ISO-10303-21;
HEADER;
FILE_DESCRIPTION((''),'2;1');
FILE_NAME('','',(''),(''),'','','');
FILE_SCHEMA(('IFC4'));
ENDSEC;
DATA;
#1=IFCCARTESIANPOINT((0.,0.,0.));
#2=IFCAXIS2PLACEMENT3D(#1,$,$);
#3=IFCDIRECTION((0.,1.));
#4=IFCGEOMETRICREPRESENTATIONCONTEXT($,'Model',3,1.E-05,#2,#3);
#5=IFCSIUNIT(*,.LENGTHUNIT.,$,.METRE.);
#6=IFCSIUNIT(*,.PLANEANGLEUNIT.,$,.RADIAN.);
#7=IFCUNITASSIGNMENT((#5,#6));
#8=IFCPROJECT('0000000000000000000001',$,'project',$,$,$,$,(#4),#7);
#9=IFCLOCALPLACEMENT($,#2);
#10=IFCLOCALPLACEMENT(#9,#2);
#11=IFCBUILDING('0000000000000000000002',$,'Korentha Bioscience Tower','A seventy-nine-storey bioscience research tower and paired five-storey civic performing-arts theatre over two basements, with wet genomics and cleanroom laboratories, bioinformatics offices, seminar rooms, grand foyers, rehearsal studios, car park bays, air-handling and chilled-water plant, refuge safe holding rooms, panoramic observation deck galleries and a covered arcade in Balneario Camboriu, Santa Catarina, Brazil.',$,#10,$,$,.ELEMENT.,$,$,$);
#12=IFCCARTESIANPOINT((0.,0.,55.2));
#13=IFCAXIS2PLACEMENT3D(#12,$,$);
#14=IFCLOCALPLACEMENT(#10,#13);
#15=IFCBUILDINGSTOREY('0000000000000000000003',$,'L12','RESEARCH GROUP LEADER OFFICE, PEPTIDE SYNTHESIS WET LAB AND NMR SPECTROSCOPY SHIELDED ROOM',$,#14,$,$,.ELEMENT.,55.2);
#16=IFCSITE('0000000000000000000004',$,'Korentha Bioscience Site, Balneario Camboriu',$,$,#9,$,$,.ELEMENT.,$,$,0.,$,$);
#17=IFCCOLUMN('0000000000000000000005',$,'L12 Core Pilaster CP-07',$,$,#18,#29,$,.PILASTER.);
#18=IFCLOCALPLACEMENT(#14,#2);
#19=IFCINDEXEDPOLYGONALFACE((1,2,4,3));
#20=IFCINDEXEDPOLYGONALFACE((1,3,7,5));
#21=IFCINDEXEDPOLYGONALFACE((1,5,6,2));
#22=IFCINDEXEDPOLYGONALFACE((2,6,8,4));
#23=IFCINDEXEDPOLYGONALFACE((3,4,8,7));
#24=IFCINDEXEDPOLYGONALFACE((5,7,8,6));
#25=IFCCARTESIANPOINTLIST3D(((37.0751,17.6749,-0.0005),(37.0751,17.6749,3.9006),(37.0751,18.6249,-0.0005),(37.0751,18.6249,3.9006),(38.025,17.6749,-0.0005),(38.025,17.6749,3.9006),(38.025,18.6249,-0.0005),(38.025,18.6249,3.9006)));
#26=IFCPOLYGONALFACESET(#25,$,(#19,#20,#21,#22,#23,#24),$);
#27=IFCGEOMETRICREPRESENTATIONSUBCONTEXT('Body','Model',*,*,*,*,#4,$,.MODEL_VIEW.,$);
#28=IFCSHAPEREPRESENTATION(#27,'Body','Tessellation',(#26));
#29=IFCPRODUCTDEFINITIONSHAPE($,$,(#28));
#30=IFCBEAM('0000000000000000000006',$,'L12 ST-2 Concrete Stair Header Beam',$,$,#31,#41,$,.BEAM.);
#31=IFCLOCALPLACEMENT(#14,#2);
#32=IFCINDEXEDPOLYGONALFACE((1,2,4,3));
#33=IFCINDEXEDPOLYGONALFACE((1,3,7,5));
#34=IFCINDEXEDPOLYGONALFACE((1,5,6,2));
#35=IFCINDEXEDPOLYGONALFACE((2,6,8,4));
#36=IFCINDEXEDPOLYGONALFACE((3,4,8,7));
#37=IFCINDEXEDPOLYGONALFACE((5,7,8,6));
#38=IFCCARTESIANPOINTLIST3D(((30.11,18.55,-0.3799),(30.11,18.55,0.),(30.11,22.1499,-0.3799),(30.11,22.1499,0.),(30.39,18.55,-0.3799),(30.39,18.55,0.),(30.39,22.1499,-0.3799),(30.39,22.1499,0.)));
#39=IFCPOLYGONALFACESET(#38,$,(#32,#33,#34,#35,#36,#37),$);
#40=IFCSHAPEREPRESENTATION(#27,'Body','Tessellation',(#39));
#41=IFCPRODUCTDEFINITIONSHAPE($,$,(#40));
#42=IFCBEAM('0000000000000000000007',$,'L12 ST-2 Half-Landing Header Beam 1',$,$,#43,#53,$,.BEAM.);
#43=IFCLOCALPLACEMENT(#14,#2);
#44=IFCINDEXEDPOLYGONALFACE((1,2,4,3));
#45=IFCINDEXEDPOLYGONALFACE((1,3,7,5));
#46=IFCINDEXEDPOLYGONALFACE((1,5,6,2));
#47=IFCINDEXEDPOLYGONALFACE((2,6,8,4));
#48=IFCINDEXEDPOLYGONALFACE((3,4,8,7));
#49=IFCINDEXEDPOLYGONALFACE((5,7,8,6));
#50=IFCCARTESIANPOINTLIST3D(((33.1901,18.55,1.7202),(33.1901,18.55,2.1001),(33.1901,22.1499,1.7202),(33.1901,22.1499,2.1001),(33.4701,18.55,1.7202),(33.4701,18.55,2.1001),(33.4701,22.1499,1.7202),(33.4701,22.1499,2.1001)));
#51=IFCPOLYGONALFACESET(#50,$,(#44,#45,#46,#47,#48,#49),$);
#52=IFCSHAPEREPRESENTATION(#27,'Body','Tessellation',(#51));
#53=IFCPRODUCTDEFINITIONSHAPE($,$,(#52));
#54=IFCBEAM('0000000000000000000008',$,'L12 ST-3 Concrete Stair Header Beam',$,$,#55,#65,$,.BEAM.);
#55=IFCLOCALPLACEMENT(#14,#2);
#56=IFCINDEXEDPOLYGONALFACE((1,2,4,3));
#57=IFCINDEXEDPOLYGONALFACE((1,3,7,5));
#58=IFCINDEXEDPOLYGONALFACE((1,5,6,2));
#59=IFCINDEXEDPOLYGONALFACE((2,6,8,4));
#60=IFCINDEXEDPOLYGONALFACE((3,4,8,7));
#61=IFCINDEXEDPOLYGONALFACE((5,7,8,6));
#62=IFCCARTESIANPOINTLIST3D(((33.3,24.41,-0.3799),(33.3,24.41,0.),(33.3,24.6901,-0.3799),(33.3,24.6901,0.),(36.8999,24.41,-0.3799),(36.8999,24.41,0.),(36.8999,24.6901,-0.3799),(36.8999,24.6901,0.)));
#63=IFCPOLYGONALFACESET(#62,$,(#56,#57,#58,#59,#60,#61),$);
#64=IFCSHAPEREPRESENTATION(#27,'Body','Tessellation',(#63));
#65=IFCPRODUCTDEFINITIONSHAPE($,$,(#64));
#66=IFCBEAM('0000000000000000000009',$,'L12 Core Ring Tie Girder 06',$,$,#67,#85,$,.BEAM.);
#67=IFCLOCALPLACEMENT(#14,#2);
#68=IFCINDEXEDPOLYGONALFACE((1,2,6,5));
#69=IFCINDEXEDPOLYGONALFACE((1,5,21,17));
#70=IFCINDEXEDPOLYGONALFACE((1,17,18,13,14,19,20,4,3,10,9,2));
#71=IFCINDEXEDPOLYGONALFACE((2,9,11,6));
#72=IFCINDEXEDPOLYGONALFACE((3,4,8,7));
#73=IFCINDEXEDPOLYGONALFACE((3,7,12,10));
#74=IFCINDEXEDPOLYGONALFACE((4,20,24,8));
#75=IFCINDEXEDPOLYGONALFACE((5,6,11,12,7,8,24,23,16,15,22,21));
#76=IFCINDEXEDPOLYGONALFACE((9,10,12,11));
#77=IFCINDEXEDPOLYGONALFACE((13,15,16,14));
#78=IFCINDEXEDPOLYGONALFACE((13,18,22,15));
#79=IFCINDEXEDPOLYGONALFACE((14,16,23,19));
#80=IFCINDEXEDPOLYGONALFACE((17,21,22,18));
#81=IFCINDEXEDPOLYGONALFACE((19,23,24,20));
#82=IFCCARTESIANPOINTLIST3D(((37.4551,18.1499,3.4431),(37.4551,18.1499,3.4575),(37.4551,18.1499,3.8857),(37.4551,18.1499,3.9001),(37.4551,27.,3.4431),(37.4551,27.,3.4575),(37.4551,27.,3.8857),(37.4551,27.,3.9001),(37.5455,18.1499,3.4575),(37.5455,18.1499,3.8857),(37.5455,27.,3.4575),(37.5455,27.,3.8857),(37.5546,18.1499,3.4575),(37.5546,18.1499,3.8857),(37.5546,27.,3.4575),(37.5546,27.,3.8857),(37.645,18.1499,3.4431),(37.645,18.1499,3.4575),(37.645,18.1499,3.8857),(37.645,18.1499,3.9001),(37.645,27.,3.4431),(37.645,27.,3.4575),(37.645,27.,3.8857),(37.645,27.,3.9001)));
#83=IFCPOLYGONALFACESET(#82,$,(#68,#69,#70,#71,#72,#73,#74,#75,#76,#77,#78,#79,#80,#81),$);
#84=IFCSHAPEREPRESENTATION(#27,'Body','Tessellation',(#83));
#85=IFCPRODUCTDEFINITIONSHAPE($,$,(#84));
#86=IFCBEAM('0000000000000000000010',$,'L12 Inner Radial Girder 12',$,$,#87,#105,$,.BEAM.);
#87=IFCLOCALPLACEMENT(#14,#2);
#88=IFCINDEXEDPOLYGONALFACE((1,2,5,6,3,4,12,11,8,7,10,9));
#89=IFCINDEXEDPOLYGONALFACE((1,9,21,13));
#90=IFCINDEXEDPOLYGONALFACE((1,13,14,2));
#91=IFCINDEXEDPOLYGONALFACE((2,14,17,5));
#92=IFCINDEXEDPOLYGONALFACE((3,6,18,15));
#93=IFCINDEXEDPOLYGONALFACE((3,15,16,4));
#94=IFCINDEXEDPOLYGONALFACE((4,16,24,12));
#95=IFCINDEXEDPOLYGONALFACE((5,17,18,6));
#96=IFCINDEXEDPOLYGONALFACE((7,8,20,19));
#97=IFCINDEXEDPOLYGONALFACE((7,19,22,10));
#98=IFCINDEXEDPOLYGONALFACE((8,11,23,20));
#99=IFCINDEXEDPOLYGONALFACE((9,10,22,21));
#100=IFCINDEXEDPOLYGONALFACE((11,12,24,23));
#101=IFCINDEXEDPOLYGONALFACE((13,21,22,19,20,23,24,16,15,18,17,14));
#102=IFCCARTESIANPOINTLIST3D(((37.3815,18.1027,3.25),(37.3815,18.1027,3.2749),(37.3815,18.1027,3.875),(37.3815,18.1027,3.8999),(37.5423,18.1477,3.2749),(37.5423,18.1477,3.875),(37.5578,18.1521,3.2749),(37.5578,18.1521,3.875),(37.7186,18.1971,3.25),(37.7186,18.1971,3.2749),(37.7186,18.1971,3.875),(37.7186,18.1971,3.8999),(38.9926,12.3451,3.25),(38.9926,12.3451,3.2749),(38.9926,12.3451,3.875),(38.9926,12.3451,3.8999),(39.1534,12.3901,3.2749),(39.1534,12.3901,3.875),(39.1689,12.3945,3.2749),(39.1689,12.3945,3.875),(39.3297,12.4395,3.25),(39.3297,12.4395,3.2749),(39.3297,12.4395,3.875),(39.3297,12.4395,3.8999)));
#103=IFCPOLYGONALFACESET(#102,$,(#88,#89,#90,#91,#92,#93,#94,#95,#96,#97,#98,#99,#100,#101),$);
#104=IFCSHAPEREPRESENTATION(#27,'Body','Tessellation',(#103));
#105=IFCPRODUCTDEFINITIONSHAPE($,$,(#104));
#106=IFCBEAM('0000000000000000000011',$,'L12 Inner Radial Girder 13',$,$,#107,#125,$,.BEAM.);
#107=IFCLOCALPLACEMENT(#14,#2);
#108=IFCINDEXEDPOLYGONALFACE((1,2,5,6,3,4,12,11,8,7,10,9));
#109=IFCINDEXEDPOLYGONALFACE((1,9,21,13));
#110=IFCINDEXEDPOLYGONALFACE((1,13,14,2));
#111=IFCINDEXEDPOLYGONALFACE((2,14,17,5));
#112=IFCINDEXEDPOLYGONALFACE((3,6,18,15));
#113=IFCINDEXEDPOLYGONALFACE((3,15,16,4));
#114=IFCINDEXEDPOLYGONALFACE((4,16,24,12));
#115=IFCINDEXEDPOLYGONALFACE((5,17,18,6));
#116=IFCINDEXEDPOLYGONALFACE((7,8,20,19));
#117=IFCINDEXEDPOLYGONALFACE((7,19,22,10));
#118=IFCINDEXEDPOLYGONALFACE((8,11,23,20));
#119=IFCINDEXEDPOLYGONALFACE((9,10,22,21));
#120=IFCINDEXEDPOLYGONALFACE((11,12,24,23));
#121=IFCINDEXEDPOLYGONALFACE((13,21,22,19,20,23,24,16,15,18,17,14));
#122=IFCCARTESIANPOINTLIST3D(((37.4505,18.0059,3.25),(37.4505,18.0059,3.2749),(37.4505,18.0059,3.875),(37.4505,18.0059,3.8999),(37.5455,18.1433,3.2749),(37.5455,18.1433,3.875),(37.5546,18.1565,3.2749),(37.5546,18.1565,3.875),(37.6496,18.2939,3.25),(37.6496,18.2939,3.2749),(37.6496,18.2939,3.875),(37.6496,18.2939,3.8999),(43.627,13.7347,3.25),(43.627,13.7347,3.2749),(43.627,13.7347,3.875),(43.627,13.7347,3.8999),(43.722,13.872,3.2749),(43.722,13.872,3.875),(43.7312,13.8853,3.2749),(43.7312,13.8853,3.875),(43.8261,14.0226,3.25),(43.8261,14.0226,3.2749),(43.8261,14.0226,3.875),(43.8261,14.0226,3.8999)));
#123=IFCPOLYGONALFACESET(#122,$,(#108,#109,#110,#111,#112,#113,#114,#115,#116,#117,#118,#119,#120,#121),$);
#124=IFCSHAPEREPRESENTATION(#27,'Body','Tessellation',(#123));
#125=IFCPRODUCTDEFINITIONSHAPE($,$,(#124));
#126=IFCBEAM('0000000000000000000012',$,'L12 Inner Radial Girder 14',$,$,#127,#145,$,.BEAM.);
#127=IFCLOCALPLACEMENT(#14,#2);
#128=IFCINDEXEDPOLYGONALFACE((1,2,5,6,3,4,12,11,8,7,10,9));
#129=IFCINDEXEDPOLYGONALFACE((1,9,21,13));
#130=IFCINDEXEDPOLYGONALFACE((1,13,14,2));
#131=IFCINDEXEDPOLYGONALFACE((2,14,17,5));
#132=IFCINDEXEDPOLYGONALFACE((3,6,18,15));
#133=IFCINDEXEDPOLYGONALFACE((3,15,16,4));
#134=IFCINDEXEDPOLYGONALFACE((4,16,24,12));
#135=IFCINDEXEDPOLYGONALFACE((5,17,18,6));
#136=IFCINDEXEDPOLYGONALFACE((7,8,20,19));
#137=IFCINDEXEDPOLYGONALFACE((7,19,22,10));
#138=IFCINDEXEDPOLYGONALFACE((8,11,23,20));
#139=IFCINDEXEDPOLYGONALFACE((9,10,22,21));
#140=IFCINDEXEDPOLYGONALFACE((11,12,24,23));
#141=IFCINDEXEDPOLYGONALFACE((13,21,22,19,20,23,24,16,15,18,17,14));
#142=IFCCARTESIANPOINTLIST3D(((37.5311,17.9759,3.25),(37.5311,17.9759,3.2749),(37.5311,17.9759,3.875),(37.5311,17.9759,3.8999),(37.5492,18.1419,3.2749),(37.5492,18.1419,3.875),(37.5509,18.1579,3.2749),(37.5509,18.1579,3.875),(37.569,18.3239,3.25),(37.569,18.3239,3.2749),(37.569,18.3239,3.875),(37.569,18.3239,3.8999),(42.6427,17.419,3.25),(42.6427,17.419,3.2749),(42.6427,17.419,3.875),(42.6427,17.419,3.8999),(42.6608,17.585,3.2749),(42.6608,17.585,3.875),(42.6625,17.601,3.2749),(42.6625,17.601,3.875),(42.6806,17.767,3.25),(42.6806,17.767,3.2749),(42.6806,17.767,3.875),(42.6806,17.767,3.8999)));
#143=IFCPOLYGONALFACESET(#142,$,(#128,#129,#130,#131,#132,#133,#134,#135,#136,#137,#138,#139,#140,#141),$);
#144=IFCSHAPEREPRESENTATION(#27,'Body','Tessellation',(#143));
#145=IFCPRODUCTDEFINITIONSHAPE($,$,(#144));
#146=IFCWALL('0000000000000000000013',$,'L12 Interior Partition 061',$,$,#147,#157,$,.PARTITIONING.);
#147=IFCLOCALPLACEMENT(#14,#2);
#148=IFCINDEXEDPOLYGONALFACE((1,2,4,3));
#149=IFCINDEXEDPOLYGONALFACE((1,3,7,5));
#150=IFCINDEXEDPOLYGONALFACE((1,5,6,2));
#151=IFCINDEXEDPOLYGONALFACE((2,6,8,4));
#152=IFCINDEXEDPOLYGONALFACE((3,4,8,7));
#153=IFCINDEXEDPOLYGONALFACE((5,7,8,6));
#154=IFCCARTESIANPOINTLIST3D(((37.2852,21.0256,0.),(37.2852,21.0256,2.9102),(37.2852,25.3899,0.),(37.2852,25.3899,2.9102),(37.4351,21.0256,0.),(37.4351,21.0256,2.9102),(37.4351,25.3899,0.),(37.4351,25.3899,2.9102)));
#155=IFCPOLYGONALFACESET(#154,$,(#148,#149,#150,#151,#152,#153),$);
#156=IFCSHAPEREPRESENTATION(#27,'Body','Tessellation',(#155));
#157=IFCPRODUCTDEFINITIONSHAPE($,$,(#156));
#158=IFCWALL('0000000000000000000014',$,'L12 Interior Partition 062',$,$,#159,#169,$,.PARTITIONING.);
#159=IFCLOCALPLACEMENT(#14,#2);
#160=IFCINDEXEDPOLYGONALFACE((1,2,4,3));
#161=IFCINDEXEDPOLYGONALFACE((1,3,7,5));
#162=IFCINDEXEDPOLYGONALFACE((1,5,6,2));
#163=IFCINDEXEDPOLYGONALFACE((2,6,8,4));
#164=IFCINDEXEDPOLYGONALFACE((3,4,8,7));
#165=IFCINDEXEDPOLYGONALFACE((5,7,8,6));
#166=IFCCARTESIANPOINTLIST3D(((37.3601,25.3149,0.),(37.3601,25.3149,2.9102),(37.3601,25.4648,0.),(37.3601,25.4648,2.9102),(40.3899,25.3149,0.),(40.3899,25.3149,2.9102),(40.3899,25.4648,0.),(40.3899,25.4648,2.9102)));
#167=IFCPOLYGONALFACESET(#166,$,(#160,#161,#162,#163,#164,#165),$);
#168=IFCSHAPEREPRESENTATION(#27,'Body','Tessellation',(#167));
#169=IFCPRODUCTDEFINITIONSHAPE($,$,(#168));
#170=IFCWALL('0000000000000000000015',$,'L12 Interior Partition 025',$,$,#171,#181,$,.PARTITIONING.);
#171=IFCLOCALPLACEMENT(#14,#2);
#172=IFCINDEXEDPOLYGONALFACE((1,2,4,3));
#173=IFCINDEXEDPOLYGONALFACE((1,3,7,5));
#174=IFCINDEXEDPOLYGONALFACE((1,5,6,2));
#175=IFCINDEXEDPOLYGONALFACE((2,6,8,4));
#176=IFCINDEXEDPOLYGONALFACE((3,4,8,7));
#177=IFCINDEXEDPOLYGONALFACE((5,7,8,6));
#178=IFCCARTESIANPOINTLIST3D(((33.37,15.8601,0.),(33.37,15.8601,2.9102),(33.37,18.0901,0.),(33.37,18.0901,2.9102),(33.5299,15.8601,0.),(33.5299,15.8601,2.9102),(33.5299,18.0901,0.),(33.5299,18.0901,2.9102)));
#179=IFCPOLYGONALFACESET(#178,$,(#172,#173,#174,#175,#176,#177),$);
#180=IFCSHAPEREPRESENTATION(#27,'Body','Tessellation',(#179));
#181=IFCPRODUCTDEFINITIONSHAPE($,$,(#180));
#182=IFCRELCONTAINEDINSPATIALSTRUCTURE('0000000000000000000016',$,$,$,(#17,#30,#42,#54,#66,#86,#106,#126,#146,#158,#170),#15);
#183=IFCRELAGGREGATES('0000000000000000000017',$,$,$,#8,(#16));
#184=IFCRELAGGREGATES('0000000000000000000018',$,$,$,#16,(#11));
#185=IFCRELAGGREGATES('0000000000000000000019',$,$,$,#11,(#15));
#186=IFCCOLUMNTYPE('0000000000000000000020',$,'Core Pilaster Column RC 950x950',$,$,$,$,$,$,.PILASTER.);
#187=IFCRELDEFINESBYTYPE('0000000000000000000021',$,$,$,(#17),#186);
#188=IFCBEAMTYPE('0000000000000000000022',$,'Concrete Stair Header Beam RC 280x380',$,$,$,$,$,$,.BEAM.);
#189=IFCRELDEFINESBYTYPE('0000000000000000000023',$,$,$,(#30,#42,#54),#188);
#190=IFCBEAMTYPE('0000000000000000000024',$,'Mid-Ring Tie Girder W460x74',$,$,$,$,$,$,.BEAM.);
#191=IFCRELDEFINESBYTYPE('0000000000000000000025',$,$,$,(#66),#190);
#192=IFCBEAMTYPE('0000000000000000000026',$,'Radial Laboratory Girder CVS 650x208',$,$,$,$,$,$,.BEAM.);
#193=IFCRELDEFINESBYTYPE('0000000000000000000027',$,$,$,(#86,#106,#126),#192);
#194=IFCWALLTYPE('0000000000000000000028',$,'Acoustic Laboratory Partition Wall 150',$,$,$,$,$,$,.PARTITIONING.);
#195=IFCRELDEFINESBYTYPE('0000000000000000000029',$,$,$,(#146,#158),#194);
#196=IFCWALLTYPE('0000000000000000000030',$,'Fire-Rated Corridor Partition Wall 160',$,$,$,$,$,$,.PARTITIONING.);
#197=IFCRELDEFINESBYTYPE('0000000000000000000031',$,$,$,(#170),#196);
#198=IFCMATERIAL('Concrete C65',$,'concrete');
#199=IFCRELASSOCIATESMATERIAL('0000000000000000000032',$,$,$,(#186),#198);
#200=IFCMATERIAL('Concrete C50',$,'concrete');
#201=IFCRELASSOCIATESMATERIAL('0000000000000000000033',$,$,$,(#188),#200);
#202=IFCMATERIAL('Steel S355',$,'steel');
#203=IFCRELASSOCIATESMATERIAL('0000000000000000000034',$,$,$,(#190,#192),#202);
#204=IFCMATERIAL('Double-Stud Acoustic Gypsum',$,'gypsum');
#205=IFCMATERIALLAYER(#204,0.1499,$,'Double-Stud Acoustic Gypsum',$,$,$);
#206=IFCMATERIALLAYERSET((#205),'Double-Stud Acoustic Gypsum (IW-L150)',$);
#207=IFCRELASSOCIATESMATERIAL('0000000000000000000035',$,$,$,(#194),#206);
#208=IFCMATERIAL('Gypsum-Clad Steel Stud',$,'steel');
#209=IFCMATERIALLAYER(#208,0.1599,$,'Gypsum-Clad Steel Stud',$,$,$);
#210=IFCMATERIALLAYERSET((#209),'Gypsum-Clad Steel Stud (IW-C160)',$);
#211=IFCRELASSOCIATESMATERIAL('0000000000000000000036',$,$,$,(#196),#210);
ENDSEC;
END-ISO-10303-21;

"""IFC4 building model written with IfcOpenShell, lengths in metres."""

from ifc_helpers import new_model, si_unit, direction, frame, frame_2d, origin, origin_2d, place, context, subcontext, project, spatial, rectangle, i_section, extrude, material, layer, layer_set, material_profile, profile_set, type_object, element, save


model = new_model("IFC4")

# Units and contexts
model_context = context("Model", 3, precision=1e-05, world=origin(), true_north=direction((0.0, 1.0)))
body_context = subcontext(model_context, "Body", "Model", "MODEL_VIEW")
ifc_project = project(units=[si_unit("LENGTHUNIT", "METRE"), si_unit("PLANEANGLEUNIT", "RADIAN")], contexts=[model_context])

# Site, building, storey
site_placement = place(None, origin())
site = spatial("IfcSite", under=ifc_project, at=site_placement, Name="Korentha Bioscience Site, Balneario Camboriu", CompositionType="ELEMENT", RefElevation=0.0)
building_placement = place(site_placement, origin())
building = spatial("IfcBuilding", under=site, at=building_placement, Name="Korentha Bioscience Tower", Description="A seventy-nine-storey bioscience research tower and paired five-storey civic performing-arts theatre over two basements, with wet genomics and cleanroom laboratories, bioinformatics offices, seminar rooms, grand foyers, rehearsal studios, car park bays, air-handling and chilled-water plant, refuge safe holding rooms, panoramic observation deck galleries and a covered arcade in Balneario Camboriu, Santa Catarina, Brazil.", CompositionType="ELEMENT")
storey_placement = place(building_placement, frame((0.0, 0.0, 55.2)))
storey = spatial("IfcBuildingStorey", under=building, at=storey_placement, Name="L12", Description="RESEARCH GROUP LEADER OFFICE, PEPTIDE SYNTHESIS WET LAB AND NMR SPECTROSCOPY SHIELDED ROOM", CompositionType="ELEMENT", Elevation=55.2)

# Column
ifc_material_1 = material(Name="Concrete C65", Category="concrete")
ifc_material_profile_1 = material_profile(ifc_material_1, rectangle(XDim=0.95, YDim=0.95, at=origin_2d()), Name="Concrete C65")
ifc_profile_set_1 = profile_set([ifc_material_profile_1], Name="Concrete C65 (COL-CP09)")
column_type = type_object("IfcColumnType", Name="Core Pilaster Column RC 950x950", PredefinedType="PILASTER", material=ifc_profile_set_1)
column_placement = place(storey_placement, frame((37.55, 18.1499, -0.0005), z_axis=(0.0, 0.0, 1.0), x_axis=(1.0, 0.0, 0.0)))
element("IfcColumn", 1, at=column_placement, inside=storey, type_object=column_type, Name="L12 Core Pilaster CP-07", PredefinedType="PILASTER", context=body_context, shape_type="SweptSolid", body=[
    extrude(rectangle(XDim=0.95, YDim=0.95, at=origin_2d()), origin(), (0.0, 0.0, 1.0), 3.9011),
])

# Beams
ifc_material_2 = material(Name="Concrete C50", Category="concrete")
ifc_material_profile_2 = material_profile(ifc_material_2, rectangle(XDim=0.28, YDim=0.3799, at=origin_2d()), Name="Concrete C50")
ifc_profile_set_2 = profile_set([ifc_material_profile_2], Name="Concrete C50 (ST-HB380)")
beam_type_1 = type_object("IfcBeamType", Name="Concrete Stair Header Beam RC 280x380", PredefinedType="BEAM", material=ifc_profile_set_2)
for number, where, z_axis, x_axis, name in (
    (2, (30.25, 18.55, -0.1899), (0.0, 1.0, 0.0), (-1.0, 0.0, 0.0), "L12 ST-2 Concrete Stair Header Beam"),
    (3, (33.3301, 18.55, 1.9102), (0.0, 1.0, 0.0), (-1.0, 0.0, 0.0), "L12 ST-2 Half-Landing Header Beam 1"),
    (4, (36.8999, 24.55, -0.1899), (-1.0, 0.0, 0.0), (0.0, -1.0, 0.0), "L12 ST-3 Concrete Stair Header Beam"),
):
    element("IfcBeam", number, at=place(storey_placement, frame(where, z_axis=z_axis, x_axis=x_axis)), inside=storey, type_object=beam_type_1, Name=name, PredefinedType="BEAM", context=body_context, shape_type="SweptSolid", body=[
        extrude(rectangle(XDim=0.28, YDim=0.3799, at=origin_2d()), origin(), (0.0, 0.0, 1.0), 3.5999),
    ])
ifc_material_3 = material(Name="Steel S355", Category="steel")
ifc_material_profile_3 = material_profile(ifc_material_3, i_section(OverallWidth=0.1899, OverallDepth=0.457, WebThickness=0.009, FlangeThickness=0.0144, at=origin_2d()), Name="Steel S355")
ifc_profile_set_3 = profile_set([ifc_material_profile_3], Name="Steel S355 (MB-460)")
beam_type_2 = type_object("IfcBeamType", Name="Mid-Ring Tie Girder W460x74", PredefinedType="BEAM", material=ifc_profile_set_3)
beam_1_placement = place(storey_placement, frame((37.55, 18.1499, 3.6716), z_axis=(0.0, 1.0, 0.0), x_axis=(-1.0, 0.0, 0.0)))
element("IfcBeam", 5, at=beam_1_placement, inside=storey, type_object=beam_type_2, Name="L12 Core Ring Tie Girder 06", PredefinedType="BEAM", context=body_context, shape_type="SweptSolid", body=[
    extrude(i_section(OverallWidth=0.1899, OverallDepth=0.457, WebThickness=0.009, FlangeThickness=0.0144, at=origin_2d()), origin(), (0.0, 0.0, 1.0), 8.8501),
])
ifc_material_profile_4 = material_profile(ifc_material_3, i_section(OverallWidth=0.3501, OverallDepth=0.6499, WebThickness=0.0161, FlangeThickness=0.0249, at=origin_2d()), Name="Steel S355")
ifc_profile_set_4 = profile_set([ifc_material_profile_4], Name="Steel S355 (RB-650)")
beam_type_3 = type_object("IfcBeamType", Name="Radial Laboratory Girder CVS 650x208", PredefinedType="BEAM", material=ifc_profile_set_4)
beam_2_placement = place(storey_placement, frame((37.55, 18.1499, 3.575), z_axis=(0.269469, -0.963009, 0.0), x_axis=(0.963009, 0.269469, 0.0)))
element("IfcBeam", 6, at=beam_2_placement, inside=storey, type_object=beam_type_3, Name="L12 Inner Radial Girder 12", PredefinedType="BEAM", context=body_context, shape_type="SweptSolid", body=[
    extrude(i_section(OverallWidth=0.3501, OverallDepth=0.6499, WebThickness=0.0161, FlangeThickness=0.0249, at=origin_2d()), origin(), (0.0, 0.0, 1.0), 5.9788),
])
beam_3_placement = place(storey_placement, frame((37.55, 18.1499, 3.575), z_axis=(0.822492, -0.568777, 0.0), x_axis=(0.568777, 0.822492, 0.0)))
element("IfcBeam", 7, at=beam_3_placement, inside=storey, type_object=beam_type_3, Name="L12 Inner Radial Girder 13", PredefinedType="BEAM", context=body_context, shape_type="SweptSolid", body=[
    extrude(i_section(OverallWidth=0.3501, OverallDepth=0.6499, WebThickness=0.0161, FlangeThickness=0.0249, at=origin_2d()), origin(), (0.0, 0.0, 1.0), 7.5095),
])
beam_4_placement = place(storey_placement, frame((37.55, 18.1499, 3.575), z_axis=(0.994118, -0.108305, 0.0), x_axis=(0.108305, 0.994118, 0.0)))
element("IfcBeam", 8, at=beam_4_placement, inside=storey, type_object=beam_type_3, Name="L12 Inner Radial Girder 14", PredefinedType="BEAM", context=body_context, shape_type="SweptSolid", body=[
    extrude(i_section(OverallWidth=0.3501, OverallDepth=0.6499, WebThickness=0.0161, FlangeThickness=0.0249, at=origin_2d()), origin(), (0.0, 0.0, 1.0), 5.1418),
])

# Walls
ifc_material_4 = material(Name="Double-Stud Acoustic Gypsum", Category="gypsum")
ifc_layer_1 = layer(ifc_material_4, 0.1499, Name="Double-Stud Acoustic Gypsum")
ifc_layer_set_1 = layer_set([ifc_layer_1], Name="Double-Stud Acoustic Gypsum (IW-L150)")
wall_type_1 = type_object("IfcWallType", Name="Acoustic Laboratory Partition Wall 150", PredefinedType="PARTITIONING", material=ifc_layer_set_1)
wall_1_placement = place(storey_placement, frame((37.3601, 21.0256, 0.0), z_axis=(0.0, 0.0, 1.0), x_axis=(0.0, 1.0, 0.0)))
element("IfcWall", 9, at=wall_1_placement, inside=storey, type_object=wall_type_1, Name="L12 Interior Partition 061", PredefinedType="PARTITIONING", context=body_context, shape_type="SweptSolid", body=[
    extrude(rectangle(XDim=4.3643, YDim=0.1499, at=frame_2d((2.1821, 0.0))), origin(), (0.0, 0.0, 1.0), 2.9102),
])
wall_2_placement = place(storey_placement, frame((37.3601, 25.3899, 0.0), z_axis=(0.0, 0.0, 1.0), x_axis=(1.0, 0.0, 0.0)))
element("IfcWall", 10, at=wall_2_placement, inside=storey, type_object=wall_type_1, Name="L12 Interior Partition 062", PredefinedType="PARTITIONING", context=body_context, shape_type="SweptSolid", body=[
    extrude(rectangle(XDim=3.0298, YDim=0.1499, at=frame_2d((1.5149, 0.0))), origin(), (0.0, 0.0, 1.0), 2.9102),
])
ifc_material_5 = material(Name="Gypsum-Clad Steel Stud", Category="steel")
ifc_layer_2 = layer(ifc_material_5, 0.1599, Name="Gypsum-Clad Steel Stud")
ifc_layer_set_2 = layer_set([ifc_layer_2], Name="Gypsum-Clad Steel Stud (IW-C160)")
wall_type_2 = type_object("IfcWallType", Name="Fire-Rated Corridor Partition Wall 160", PredefinedType="PARTITIONING", material=ifc_layer_set_2)
wall_3_placement = place(storey_placement, frame((33.45, 18.0901, 0.0), z_axis=(0.0, 0.0, 1.0), x_axis=(0.0, -1.0, 0.0)))
element("IfcWall", 11, at=wall_3_placement, inside=storey, type_object=wall_type_2, Name="L12 Interior Partition 025", PredefinedType="PARTITIONING", context=body_context, shape_type="SweptSolid", body=[
    extrude(rectangle(XDim=2.23, YDim=0.1599, at=frame_2d((1.115, 0.0))), origin(), (0.0, 0.0, 1.0), 2.9102),
])

save(model, "model.ifc")
